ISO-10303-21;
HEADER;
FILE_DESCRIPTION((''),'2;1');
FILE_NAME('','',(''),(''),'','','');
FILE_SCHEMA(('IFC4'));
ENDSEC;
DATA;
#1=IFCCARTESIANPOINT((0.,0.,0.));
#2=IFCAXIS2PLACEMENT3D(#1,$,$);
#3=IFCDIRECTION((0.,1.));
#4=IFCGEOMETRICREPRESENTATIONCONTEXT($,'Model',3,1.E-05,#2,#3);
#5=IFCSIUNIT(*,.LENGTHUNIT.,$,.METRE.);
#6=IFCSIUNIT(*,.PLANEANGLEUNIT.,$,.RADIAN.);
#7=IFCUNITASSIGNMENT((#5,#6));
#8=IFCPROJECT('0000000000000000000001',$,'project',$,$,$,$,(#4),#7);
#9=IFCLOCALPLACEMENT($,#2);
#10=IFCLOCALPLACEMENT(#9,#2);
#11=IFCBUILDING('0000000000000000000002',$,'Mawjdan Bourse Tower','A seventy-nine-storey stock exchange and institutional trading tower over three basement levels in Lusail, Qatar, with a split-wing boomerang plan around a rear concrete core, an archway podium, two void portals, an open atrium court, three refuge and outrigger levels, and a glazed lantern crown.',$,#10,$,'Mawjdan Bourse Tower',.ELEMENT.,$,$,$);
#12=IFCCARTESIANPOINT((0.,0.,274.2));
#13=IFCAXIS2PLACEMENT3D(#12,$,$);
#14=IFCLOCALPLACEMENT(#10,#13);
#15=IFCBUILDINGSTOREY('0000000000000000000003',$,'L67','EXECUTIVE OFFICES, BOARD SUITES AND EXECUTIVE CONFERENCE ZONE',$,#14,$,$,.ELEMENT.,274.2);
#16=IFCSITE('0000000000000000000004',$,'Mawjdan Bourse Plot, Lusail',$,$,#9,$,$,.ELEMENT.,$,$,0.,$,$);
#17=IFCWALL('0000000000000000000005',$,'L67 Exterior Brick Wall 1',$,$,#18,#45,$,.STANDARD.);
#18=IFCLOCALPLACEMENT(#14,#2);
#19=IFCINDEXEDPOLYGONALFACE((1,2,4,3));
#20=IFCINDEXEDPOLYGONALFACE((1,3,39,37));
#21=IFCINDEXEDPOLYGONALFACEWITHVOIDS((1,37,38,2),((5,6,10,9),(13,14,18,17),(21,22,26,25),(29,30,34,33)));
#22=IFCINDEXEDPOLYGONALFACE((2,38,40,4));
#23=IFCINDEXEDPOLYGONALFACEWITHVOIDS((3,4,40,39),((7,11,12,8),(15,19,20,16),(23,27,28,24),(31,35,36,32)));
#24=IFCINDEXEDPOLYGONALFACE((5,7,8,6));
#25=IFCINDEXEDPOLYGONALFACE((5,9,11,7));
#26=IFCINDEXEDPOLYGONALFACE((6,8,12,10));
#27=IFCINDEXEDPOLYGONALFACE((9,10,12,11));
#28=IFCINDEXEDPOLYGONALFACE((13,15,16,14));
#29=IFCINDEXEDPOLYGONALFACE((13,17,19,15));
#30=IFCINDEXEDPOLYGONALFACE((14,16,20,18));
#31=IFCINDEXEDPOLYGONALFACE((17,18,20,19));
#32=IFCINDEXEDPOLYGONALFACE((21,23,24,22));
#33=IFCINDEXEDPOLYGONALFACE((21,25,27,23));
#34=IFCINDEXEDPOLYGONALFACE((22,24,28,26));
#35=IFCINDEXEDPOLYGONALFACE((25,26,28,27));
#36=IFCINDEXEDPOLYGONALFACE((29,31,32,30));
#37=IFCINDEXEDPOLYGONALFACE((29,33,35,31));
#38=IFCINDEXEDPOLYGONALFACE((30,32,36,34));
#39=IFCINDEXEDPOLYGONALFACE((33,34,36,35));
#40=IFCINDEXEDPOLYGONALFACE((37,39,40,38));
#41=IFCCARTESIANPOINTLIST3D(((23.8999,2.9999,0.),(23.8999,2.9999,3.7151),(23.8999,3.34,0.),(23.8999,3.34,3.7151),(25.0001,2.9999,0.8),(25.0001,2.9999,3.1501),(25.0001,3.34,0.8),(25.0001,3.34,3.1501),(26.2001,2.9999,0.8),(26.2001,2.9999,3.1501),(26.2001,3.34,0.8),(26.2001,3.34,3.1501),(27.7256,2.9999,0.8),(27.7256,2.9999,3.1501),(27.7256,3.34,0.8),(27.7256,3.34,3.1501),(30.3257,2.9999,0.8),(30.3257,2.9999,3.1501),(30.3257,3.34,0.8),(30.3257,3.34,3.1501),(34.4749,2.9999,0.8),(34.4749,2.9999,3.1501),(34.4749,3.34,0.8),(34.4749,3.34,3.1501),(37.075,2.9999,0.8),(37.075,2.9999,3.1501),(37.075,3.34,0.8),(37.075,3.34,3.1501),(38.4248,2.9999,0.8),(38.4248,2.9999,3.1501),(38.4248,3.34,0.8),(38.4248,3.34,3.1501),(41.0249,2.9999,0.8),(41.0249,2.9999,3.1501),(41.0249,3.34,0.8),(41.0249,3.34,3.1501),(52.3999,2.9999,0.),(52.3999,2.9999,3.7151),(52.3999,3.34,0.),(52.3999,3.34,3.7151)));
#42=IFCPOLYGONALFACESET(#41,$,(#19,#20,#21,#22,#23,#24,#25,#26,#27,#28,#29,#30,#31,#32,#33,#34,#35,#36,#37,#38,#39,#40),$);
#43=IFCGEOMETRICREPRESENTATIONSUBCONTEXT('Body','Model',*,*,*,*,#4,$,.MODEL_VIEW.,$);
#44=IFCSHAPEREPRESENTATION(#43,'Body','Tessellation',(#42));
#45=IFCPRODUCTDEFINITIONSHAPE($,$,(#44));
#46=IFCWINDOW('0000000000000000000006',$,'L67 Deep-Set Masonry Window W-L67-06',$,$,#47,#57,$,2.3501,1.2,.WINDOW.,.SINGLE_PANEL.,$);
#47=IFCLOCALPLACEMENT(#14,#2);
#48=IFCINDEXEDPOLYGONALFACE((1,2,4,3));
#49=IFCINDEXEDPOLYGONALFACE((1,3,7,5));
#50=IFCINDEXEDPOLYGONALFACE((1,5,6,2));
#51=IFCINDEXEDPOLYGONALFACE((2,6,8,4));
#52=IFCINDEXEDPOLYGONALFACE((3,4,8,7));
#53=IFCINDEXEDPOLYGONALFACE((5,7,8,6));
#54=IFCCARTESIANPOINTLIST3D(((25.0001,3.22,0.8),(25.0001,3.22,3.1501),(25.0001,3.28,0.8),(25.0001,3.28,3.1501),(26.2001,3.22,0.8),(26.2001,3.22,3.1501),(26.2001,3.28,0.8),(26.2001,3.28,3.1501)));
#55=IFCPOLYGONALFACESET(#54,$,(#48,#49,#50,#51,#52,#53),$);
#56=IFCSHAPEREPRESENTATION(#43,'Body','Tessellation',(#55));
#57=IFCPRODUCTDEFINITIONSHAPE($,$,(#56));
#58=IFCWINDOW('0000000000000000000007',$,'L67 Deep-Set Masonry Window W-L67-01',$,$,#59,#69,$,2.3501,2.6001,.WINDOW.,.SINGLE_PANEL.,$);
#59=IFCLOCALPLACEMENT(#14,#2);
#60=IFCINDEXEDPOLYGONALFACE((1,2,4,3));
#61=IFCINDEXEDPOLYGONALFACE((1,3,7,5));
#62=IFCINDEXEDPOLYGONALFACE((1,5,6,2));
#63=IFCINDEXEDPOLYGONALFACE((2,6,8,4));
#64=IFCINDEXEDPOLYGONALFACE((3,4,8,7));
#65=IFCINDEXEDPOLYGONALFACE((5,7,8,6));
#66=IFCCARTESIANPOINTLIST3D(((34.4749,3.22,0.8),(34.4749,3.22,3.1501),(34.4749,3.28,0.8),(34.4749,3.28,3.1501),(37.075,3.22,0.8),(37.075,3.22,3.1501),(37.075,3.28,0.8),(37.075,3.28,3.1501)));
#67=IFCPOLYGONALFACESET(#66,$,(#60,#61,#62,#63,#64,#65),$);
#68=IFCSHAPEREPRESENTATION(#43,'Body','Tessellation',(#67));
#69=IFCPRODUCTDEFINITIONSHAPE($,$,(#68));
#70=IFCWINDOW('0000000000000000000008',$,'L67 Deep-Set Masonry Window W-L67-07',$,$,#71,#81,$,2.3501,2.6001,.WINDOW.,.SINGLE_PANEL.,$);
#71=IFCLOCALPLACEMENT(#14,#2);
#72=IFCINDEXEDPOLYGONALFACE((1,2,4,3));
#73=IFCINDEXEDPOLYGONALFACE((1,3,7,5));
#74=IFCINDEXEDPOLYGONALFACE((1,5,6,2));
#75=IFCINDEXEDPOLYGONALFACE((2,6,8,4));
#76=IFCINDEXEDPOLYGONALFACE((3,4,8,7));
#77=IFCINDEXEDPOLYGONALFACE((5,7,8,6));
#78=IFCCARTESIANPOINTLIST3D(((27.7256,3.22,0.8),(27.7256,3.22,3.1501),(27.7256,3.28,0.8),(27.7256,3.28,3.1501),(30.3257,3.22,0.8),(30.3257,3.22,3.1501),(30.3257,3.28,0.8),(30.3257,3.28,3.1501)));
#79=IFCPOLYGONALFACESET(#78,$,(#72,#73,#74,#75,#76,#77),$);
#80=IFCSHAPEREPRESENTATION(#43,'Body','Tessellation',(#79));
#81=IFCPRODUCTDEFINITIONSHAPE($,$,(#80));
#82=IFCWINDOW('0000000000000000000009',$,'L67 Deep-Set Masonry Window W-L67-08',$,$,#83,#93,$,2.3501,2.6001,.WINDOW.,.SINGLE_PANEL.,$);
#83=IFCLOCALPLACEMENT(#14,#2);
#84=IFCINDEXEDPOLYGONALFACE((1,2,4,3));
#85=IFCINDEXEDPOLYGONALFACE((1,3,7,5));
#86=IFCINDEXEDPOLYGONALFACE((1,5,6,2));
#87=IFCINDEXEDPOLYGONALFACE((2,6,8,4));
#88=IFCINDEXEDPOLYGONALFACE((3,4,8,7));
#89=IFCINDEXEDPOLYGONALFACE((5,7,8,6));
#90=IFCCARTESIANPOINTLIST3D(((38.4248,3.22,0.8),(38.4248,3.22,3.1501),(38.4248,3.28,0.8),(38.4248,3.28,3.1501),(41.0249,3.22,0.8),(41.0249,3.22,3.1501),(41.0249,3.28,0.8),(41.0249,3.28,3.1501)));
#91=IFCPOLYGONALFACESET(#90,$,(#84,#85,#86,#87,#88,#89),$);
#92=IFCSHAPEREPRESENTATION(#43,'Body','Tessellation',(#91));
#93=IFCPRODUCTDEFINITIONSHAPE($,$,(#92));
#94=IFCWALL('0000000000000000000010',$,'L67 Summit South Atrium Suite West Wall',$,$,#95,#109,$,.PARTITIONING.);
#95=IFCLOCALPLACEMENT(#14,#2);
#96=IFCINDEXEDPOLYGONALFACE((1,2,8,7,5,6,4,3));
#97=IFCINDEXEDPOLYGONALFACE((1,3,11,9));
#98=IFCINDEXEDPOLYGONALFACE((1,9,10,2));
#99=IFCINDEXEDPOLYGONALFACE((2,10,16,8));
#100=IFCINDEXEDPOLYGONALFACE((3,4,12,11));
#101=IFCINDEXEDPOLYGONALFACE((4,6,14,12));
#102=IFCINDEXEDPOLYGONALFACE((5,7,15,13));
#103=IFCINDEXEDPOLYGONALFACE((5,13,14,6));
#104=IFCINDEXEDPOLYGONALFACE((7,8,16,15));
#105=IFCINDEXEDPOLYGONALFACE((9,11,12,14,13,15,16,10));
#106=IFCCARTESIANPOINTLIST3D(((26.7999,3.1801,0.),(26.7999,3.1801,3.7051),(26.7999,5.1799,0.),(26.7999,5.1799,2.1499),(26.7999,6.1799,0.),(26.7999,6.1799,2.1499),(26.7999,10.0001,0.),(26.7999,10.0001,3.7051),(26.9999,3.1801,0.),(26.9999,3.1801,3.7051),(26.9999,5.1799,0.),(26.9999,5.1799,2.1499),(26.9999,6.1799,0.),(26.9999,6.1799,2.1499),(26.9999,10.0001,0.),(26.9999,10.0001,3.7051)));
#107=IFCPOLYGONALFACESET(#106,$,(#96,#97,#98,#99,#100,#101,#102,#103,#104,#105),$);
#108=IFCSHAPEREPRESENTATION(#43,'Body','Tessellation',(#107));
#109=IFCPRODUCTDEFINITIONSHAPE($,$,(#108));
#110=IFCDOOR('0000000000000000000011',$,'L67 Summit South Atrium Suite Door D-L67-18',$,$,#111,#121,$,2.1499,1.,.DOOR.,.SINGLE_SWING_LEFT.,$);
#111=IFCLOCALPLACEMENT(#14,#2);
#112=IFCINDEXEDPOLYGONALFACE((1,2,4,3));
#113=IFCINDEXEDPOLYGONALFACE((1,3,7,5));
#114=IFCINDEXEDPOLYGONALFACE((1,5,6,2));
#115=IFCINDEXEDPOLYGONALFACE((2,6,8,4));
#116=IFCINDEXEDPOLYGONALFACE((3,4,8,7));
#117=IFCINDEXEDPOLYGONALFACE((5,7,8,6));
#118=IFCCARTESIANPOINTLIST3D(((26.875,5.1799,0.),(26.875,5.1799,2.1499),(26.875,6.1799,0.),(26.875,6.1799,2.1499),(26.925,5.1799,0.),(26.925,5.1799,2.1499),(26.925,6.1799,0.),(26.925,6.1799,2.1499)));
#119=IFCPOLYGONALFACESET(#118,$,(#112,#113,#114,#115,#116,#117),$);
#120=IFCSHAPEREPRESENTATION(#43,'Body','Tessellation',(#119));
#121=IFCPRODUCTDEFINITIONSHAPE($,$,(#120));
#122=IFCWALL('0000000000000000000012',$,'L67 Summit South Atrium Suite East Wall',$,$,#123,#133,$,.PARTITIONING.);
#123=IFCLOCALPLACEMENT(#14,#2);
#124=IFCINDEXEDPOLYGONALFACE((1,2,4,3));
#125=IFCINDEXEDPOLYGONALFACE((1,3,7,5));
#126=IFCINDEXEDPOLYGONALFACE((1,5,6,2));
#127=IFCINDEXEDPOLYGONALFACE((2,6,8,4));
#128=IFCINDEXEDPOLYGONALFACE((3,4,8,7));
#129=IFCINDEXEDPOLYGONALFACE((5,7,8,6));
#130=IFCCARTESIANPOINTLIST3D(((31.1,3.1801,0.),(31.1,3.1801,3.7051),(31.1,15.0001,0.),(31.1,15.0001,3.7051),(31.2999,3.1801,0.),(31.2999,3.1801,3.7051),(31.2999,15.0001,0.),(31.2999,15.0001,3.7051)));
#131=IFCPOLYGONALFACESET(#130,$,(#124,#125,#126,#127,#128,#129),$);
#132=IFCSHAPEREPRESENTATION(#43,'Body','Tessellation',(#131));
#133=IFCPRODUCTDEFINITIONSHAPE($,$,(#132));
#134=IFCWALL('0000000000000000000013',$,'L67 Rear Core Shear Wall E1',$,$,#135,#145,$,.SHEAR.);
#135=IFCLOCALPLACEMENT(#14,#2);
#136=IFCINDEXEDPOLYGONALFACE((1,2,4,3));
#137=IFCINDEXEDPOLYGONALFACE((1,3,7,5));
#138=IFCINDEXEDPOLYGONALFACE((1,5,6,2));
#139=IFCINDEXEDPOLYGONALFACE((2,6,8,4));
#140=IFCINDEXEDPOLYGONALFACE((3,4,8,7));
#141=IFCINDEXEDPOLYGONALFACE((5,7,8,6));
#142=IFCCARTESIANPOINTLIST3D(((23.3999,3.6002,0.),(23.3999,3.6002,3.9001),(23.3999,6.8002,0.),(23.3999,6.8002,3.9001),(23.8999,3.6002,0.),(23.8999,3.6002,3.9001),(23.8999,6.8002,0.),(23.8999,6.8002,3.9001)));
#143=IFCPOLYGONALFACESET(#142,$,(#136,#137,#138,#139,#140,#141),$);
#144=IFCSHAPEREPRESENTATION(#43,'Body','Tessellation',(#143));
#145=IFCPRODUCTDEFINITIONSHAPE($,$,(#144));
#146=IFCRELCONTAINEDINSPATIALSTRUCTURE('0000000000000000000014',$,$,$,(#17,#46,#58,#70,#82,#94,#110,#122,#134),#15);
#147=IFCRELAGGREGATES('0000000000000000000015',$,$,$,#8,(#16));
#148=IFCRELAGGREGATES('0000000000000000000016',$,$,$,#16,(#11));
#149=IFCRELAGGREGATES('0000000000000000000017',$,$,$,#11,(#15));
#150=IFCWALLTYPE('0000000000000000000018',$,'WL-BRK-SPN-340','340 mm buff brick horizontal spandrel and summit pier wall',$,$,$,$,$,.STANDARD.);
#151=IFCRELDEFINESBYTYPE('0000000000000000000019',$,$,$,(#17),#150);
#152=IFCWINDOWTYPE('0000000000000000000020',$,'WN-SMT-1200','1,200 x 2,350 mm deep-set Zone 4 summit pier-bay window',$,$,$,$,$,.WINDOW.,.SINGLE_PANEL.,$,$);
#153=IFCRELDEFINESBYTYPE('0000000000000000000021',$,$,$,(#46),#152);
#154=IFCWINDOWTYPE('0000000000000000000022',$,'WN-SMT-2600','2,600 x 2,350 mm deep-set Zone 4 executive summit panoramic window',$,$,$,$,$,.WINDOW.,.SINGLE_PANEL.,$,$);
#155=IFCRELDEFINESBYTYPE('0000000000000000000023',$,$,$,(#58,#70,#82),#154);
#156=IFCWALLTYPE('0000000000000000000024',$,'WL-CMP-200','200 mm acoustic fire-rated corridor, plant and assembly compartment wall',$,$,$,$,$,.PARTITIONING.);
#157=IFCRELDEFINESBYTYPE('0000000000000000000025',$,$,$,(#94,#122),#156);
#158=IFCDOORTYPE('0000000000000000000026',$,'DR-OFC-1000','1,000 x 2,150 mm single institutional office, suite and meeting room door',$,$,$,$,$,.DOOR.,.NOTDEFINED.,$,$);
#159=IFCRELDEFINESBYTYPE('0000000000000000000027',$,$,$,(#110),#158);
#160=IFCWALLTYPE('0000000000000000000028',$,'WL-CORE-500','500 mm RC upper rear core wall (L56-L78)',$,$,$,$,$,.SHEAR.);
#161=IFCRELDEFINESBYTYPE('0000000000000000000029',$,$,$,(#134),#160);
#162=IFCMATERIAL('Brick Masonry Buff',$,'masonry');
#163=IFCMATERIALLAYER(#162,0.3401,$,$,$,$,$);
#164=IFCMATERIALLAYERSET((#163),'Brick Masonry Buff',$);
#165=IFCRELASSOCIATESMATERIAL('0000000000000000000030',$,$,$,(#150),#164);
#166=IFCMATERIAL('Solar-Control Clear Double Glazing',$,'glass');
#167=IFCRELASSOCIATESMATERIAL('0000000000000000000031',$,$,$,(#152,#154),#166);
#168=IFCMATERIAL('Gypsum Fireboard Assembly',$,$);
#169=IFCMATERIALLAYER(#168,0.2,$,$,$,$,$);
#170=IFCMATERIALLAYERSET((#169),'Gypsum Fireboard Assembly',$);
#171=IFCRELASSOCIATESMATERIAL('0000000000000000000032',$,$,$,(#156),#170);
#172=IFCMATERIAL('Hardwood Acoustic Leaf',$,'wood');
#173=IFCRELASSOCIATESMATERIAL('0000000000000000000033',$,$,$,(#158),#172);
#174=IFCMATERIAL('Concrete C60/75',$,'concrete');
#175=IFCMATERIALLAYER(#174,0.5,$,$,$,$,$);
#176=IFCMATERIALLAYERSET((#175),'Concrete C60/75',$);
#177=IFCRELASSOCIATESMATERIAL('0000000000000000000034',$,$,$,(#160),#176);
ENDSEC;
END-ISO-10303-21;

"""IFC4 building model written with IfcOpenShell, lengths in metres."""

from ifc_helpers import new_model, si_unit, direction, frame, frame_2d, origin, place, context, subcontext, project, spatial, rectangle, extrude, material, layer, layer_set, type_object, element, fill, save


model = new_model("IFC4")

# Units and contexts
model_context = context("Model", 3, precision=1e-05, world=origin(), true_north=direction((0.0, 1.0)))
body_context = subcontext(model_context, "Body", "Model", "MODEL_VIEW")
ifc_project = project(units=[si_unit("LENGTHUNIT", "METRE"), si_unit("PLANEANGLEUNIT", "RADIAN")], contexts=[model_context])

# Site, building, storey
site_placement = place(None, origin())
site = spatial("IfcSite", under=ifc_project, at=site_placement, Name="Mawjdan Bourse Plot, Lusail", CompositionType="ELEMENT", RefElevation=0.0)
building_placement = place(site_placement, origin())
building = spatial("IfcBuilding", under=site, at=building_placement, Name="Mawjdan Bourse Tower", Description="A seventy-nine-storey stock exchange and institutional trading tower over three basement levels in Lusail, Qatar, with a split-wing boomerang plan around a rear concrete core, an archway podium, two void portals, an open atrium court, three refuge and outrigger levels, and a glazed lantern crown.", LongName="Mawjdan Bourse Tower", CompositionType="ELEMENT")
storey_placement = place(building_placement, frame((0.0, 0.0, 274.2)))
storey = spatial("IfcBuildingStorey", under=building, at=storey_placement, Name="L67", Description="EXECUTIVE OFFICES, BOARD SUITES AND EXECUTIVE CONFERENCE ZONE", CompositionType="ELEMENT", Elevation=274.2)

# Shared definitions
ifc_material_1 = material(Name="Concrete C60/75", Category="concrete")

# Wall, openings, windows
ifc_material_2 = material(Name="Brick Masonry Buff", Category="masonry")
ifc_layer_1 = layer(ifc_material_2, 0.3401)
ifc_layer_set_1 = layer_set([ifc_layer_1], Name="Brick Masonry Buff")
wall_type_1 = type_object("IfcWallType", Name="WL-BRK-SPN-340", Description="340 mm buff brick horizontal spandrel and summit pier wall", PredefinedType="STANDARD", material=ifc_layer_set_1)
wall_1_placement = place(storey_placement, frame((23.8999, 3.1699, 0.0), z_axis=(0.0, 0.0, 1.0), x_axis=(1.0, 0.0, 0.0)))
wall_1 = element("IfcWall", 1, at=wall_1_placement, inside=storey, type_object=wall_type_1, Name="L67 Exterior Brick Wall 1", PredefinedType="STANDARD", context=body_context, shape_type="SweptSolid", body=[
    extrude(rectangle(XDim=28.5, YDim=0.3401, at=frame_2d((14.25, 0.0))), origin(), (0.0, 0.0, 1.0), 3.7151),
])
opening_1_placement = place(wall_1_placement, frame((10.575, 0.0, 0.8)))
opening_1 = element("IfcOpeningElement", 2, at=opening_1_placement, cuts=wall_1, PredefinedType="OPENING", context=body_context, shape_type="SweptSolid", body=[
    extrude(rectangle(XDim=2.6001, YDim=2.3501, at=frame_2d((1.3, 1.175))), frame((0.0, 0.1802, 0.0), z_axis=(0.0, -1.0, 0.0), x_axis=(1.0, 0.0, 0.0)), (0.0, 0.0, 1.0), 0.3601),
])
opening_2_placement = place(wall_1_placement, frame((1.1001, 0.0, 0.8)))
opening_2 = element("IfcOpeningElement", 3, at=opening_2_placement, cuts=wall_1, PredefinedType="OPENING", context=body_context, shape_type="SweptSolid", body=[
    extrude(rectangle(XDim=1.2, YDim=2.3501, at=frame_2d((0.6001, 1.175))), frame((0.0, 0.1802, 0.0), z_axis=(0.0, -1.0, 0.0), x_axis=(1.0, 0.0, 0.0)), (0.0, 0.0, 1.0), 0.3601),
])
opening_3_placement = place(wall_1_placement, frame((3.8257, 0.0, 0.8)))
opening_3 = element("IfcOpeningElement", 4, at=opening_3_placement, cuts=wall_1, PredefinedType="OPENING", context=body_context, shape_type="SweptSolid", body=[
    extrude(rectangle(XDim=2.6001, YDim=2.3501, at=frame_2d((1.3, 1.175))), frame((0.0, 0.1802, 0.0), z_axis=(0.0, -1.0, 0.0), x_axis=(1.0, 0.0, 0.0)), (0.0, 0.0, 1.0), 0.3601),
])
opening_4_placement = place(wall_1_placement, frame((14.5249, 0.0, 0.8)))
opening_4 = element("IfcOpeningElement", 5, at=opening_4_placement, cuts=wall_1, PredefinedType="OPENING", context=body_context, shape_type="SweptSolid", body=[
    extrude(rectangle(XDim=2.6001, YDim=2.3501, at=frame_2d((1.3, 1.175))), frame((0.0, 0.1802, 0.0), z_axis=(0.0, -1.0, 0.0), x_axis=(1.0, 0.0, 0.0)), (0.0, 0.0, 1.0), 0.3601),
])
ifc_material_3 = material(Name="Solar-Control Clear Double Glazing", Category="glass")
window_type_1 = type_object("IfcWindowType", Name="WN-SMT-1200", Description="1,200 x 2,350 mm deep-set Zone 4 summit pier-bay window", PartitioningType="SINGLE_PANEL", PredefinedType="WINDOW", material=ifc_material_3)
window_1_placement = place(opening_2_placement, origin())
window_1 = element("IfcWindow", 6, at=window_1_placement, inside=storey, type_object=window_type_1, Name="L67 Deep-Set Masonry Window W-L67-06", OverallHeight=2.3501, OverallWidth=1.2, PartitioningType="SINGLE_PANEL", PredefinedType="WINDOW", context=body_context, shape_type="SweptSolid", body=[
    extrude(rectangle(XDim=1.2, YDim=2.3501, at=frame_2d((0.6001, 1.175))), frame((0.0, 0.1101, 0.0), z_axis=(0.0, -1.0, 0.0), x_axis=(1.0, 0.0, 0.0)), (0.0, 0.0, 1.0), 0.0601),
])
fill(opening_2, window_1)
window_type_2 = type_object("IfcWindowType", Name="WN-SMT-2600", Description="2,600 x 2,350 mm deep-set Zone 4 executive summit panoramic window", PartitioningType="SINGLE_PANEL", PredefinedType="WINDOW", material=ifc_material_3)
window_2_placement = place(opening_1_placement, origin())
window_2 = element("IfcWindow", 7, at=window_2_placement, inside=storey, type_object=window_type_2, Name="L67 Deep-Set Masonry Window W-L67-01", OverallHeight=2.3501, OverallWidth=2.6001, PartitioningType="SINGLE_PANEL", PredefinedType="WINDOW", context=body_context, shape_type="SweptSolid", body=[
    extrude(rectangle(XDim=2.6001, YDim=2.3501, at=frame_2d((1.3, 1.175))), frame((0.0, 0.1101, 0.0), z_axis=(0.0, -1.0, 0.0), x_axis=(1.0, 0.0, 0.0)), (0.0, 0.0, 1.0), 0.0601),
])
fill(opening_1, window_2)
window_3_placement = place(opening_3_placement, origin())
window_3 = element("IfcWindow", 8, at=window_3_placement, inside=storey, type_object=window_type_2, Name="L67 Deep-Set Masonry Window W-L67-07", OverallHeight=2.3501, OverallWidth=2.6001, PartitioningType="SINGLE_PANEL", PredefinedType="WINDOW", context=body_context, shape_type="SweptSolid", body=[
    extrude(rectangle(XDim=2.6001, YDim=2.3501, at=frame_2d((1.3, 1.175))), frame((0.0, 0.1101, 0.0), z_axis=(0.0, -1.0, 0.0), x_axis=(1.0, 0.0, 0.0)), (0.0, 0.0, 1.0), 0.0601),
])
fill(opening_3, window_3)
window_4_placement = place(opening_4_placement, origin())
window_4 = element("IfcWindow", 9, at=window_4_placement, inside=storey, type_object=window_type_2, Name="L67 Deep-Set Masonry Window W-L67-08", OverallHeight=2.3501, OverallWidth=2.6001, PartitioningType="SINGLE_PANEL", PredefinedType="WINDOW", context=body_context, shape_type="SweptSolid", body=[
    extrude(rectangle(XDim=2.6001, YDim=2.3501, at=frame_2d((1.3, 1.175))), frame((0.0, 0.1101, 0.0), z_axis=(0.0, -1.0, 0.0), x_axis=(1.0, 0.0, 0.0)), (0.0, 0.0, 1.0), 0.0601),
])
fill(opening_4, window_4)

# Wall, opening, door
ifc_material_4 = material(Name="Gypsum Fireboard Assembly")
ifc_layer_2 = layer(ifc_material_4, 0.2)
ifc_layer_set_2 = layer_set([ifc_layer_2], Name="Gypsum Fireboard Assembly")
wall_type_2 = type_object("IfcWallType", Name="WL-CMP-200", Description="200 mm acoustic fire-rated corridor, plant and assembly compartment wall", PredefinedType="PARTITIONING", material=ifc_layer_set_2)
ifc_material_5 = material(Name="Hardwood Acoustic Leaf", Category="wood")
door_type_1 = type_object("IfcDoorType", Name="DR-OFC-1000", Description="1,000 x 2,150 mm single institutional office, suite and meeting room door", OperationType="NOTDEFINED", PredefinedType="DOOR", material=ifc_material_5)
wall_2_placement = place(storey_placement, frame((26.8999, 3.1799, 0.0), z_axis=(0.0, 0.0, 1.0), x_axis=(0.0, 1.0, 0.0)))
wall_2 = element("IfcWall", 10, at=wall_2_placement, inside=storey, type_object=wall_type_2, Name="L67 Summit South Atrium Suite West Wall", PredefinedType="PARTITIONING", context=body_context, shape_type="SweptSolid", body=[
    extrude(rectangle(XDim=6.8201, YDim=0.2, at=frame_2d((3.4102, 0.0))), origin(), (0.0, 0.0, 1.0), 3.7051),
])
opening_5_placement = place(wall_2_placement, frame((2.0, 0.0, 0.0)))
opening_5 = element("IfcOpeningElement", 11, at=opening_5_placement, cuts=wall_2, PredefinedType="OPENING", context=body_context, shape_type="SweptSolid", body=[
    extrude(rectangle(XDim=1.0, YDim=2.1499, at=frame_2d((0.5, 1.075))), frame((0.0, 0.1099, 0.0), z_axis=(0.0, -1.0, 0.0), x_axis=(1.0, 0.0, 0.0)), (0.0, 0.0, 1.0), 0.22),
])
door_1_placement = place(opening_5_placement, origin())
door_1 = element("IfcDoor", 12, at=door_1_placement, inside=storey, type_object=door_type_1, Name="L67 Summit South Atrium Suite Door D-L67-18", OperationType="SINGLE_SWING_LEFT", OverallHeight=2.1499, OverallWidth=1.0, PredefinedType="DOOR", context=body_context, shape_type="SweptSolid", body=[
    extrude(rectangle(XDim=1.0, YDim=2.1499, at=frame_2d((0.5, 1.075))), frame((0.0, 0.0249, 0.0), z_axis=(0.0, -1.0, 0.0), x_axis=(1.0, 0.0, 0.0)), (0.0, 0.0, 1.0), 0.05),
])
fill(opening_5, door_1)

# Walls
wall_3_placement = place(storey_placement, frame((31.2, 3.1799, 0.0), z_axis=(0.0, 0.0, 1.0), x_axis=(0.0, 1.0, 0.0)))
element("IfcWall", 13, at=wall_3_placement, inside=storey, type_object=wall_type_2, Name="L67 Summit South Atrium Suite East Wall", PredefinedType="PARTITIONING", context=body_context, shape_type="SweptSolid", body=[
    extrude(rectangle(XDim=11.8201, YDim=0.2, at=frame_2d((5.9102, 0.0))), origin(), (0.0, 0.0, 1.0), 3.7051),
])
ifc_layer_3 = layer(ifc_material_1, 0.5)
ifc_layer_set_3 = layer_set([ifc_layer_3], Name="Concrete C60/75")
wall_type_3 = type_object("IfcWallType", Name="WL-CORE-500", Description="500 mm RC upper rear core wall (L56-L78)", PredefinedType="SHEAR", material=ifc_layer_set_3)
wall_4_placement = place(storey_placement, frame((23.6499, 3.6001, 0.0), z_axis=(0.0, 0.0, 1.0), x_axis=(0.0, 1.0, 0.0)))
element("IfcWall", 14, at=wall_4_placement, inside=storey, type_object=wall_type_3, Name="L67 Rear Core Shear Wall E1", PredefinedType="SHEAR", context=body_context, shape_type="SweptSolid", body=[
    extrude(rectangle(XDim=3.2, YDim=0.5, at=frame_2d((1.6001, 0.0))), origin(), (0.0, 0.0, 1.0), 3.9001),
])

save(model, "model.ifc")
